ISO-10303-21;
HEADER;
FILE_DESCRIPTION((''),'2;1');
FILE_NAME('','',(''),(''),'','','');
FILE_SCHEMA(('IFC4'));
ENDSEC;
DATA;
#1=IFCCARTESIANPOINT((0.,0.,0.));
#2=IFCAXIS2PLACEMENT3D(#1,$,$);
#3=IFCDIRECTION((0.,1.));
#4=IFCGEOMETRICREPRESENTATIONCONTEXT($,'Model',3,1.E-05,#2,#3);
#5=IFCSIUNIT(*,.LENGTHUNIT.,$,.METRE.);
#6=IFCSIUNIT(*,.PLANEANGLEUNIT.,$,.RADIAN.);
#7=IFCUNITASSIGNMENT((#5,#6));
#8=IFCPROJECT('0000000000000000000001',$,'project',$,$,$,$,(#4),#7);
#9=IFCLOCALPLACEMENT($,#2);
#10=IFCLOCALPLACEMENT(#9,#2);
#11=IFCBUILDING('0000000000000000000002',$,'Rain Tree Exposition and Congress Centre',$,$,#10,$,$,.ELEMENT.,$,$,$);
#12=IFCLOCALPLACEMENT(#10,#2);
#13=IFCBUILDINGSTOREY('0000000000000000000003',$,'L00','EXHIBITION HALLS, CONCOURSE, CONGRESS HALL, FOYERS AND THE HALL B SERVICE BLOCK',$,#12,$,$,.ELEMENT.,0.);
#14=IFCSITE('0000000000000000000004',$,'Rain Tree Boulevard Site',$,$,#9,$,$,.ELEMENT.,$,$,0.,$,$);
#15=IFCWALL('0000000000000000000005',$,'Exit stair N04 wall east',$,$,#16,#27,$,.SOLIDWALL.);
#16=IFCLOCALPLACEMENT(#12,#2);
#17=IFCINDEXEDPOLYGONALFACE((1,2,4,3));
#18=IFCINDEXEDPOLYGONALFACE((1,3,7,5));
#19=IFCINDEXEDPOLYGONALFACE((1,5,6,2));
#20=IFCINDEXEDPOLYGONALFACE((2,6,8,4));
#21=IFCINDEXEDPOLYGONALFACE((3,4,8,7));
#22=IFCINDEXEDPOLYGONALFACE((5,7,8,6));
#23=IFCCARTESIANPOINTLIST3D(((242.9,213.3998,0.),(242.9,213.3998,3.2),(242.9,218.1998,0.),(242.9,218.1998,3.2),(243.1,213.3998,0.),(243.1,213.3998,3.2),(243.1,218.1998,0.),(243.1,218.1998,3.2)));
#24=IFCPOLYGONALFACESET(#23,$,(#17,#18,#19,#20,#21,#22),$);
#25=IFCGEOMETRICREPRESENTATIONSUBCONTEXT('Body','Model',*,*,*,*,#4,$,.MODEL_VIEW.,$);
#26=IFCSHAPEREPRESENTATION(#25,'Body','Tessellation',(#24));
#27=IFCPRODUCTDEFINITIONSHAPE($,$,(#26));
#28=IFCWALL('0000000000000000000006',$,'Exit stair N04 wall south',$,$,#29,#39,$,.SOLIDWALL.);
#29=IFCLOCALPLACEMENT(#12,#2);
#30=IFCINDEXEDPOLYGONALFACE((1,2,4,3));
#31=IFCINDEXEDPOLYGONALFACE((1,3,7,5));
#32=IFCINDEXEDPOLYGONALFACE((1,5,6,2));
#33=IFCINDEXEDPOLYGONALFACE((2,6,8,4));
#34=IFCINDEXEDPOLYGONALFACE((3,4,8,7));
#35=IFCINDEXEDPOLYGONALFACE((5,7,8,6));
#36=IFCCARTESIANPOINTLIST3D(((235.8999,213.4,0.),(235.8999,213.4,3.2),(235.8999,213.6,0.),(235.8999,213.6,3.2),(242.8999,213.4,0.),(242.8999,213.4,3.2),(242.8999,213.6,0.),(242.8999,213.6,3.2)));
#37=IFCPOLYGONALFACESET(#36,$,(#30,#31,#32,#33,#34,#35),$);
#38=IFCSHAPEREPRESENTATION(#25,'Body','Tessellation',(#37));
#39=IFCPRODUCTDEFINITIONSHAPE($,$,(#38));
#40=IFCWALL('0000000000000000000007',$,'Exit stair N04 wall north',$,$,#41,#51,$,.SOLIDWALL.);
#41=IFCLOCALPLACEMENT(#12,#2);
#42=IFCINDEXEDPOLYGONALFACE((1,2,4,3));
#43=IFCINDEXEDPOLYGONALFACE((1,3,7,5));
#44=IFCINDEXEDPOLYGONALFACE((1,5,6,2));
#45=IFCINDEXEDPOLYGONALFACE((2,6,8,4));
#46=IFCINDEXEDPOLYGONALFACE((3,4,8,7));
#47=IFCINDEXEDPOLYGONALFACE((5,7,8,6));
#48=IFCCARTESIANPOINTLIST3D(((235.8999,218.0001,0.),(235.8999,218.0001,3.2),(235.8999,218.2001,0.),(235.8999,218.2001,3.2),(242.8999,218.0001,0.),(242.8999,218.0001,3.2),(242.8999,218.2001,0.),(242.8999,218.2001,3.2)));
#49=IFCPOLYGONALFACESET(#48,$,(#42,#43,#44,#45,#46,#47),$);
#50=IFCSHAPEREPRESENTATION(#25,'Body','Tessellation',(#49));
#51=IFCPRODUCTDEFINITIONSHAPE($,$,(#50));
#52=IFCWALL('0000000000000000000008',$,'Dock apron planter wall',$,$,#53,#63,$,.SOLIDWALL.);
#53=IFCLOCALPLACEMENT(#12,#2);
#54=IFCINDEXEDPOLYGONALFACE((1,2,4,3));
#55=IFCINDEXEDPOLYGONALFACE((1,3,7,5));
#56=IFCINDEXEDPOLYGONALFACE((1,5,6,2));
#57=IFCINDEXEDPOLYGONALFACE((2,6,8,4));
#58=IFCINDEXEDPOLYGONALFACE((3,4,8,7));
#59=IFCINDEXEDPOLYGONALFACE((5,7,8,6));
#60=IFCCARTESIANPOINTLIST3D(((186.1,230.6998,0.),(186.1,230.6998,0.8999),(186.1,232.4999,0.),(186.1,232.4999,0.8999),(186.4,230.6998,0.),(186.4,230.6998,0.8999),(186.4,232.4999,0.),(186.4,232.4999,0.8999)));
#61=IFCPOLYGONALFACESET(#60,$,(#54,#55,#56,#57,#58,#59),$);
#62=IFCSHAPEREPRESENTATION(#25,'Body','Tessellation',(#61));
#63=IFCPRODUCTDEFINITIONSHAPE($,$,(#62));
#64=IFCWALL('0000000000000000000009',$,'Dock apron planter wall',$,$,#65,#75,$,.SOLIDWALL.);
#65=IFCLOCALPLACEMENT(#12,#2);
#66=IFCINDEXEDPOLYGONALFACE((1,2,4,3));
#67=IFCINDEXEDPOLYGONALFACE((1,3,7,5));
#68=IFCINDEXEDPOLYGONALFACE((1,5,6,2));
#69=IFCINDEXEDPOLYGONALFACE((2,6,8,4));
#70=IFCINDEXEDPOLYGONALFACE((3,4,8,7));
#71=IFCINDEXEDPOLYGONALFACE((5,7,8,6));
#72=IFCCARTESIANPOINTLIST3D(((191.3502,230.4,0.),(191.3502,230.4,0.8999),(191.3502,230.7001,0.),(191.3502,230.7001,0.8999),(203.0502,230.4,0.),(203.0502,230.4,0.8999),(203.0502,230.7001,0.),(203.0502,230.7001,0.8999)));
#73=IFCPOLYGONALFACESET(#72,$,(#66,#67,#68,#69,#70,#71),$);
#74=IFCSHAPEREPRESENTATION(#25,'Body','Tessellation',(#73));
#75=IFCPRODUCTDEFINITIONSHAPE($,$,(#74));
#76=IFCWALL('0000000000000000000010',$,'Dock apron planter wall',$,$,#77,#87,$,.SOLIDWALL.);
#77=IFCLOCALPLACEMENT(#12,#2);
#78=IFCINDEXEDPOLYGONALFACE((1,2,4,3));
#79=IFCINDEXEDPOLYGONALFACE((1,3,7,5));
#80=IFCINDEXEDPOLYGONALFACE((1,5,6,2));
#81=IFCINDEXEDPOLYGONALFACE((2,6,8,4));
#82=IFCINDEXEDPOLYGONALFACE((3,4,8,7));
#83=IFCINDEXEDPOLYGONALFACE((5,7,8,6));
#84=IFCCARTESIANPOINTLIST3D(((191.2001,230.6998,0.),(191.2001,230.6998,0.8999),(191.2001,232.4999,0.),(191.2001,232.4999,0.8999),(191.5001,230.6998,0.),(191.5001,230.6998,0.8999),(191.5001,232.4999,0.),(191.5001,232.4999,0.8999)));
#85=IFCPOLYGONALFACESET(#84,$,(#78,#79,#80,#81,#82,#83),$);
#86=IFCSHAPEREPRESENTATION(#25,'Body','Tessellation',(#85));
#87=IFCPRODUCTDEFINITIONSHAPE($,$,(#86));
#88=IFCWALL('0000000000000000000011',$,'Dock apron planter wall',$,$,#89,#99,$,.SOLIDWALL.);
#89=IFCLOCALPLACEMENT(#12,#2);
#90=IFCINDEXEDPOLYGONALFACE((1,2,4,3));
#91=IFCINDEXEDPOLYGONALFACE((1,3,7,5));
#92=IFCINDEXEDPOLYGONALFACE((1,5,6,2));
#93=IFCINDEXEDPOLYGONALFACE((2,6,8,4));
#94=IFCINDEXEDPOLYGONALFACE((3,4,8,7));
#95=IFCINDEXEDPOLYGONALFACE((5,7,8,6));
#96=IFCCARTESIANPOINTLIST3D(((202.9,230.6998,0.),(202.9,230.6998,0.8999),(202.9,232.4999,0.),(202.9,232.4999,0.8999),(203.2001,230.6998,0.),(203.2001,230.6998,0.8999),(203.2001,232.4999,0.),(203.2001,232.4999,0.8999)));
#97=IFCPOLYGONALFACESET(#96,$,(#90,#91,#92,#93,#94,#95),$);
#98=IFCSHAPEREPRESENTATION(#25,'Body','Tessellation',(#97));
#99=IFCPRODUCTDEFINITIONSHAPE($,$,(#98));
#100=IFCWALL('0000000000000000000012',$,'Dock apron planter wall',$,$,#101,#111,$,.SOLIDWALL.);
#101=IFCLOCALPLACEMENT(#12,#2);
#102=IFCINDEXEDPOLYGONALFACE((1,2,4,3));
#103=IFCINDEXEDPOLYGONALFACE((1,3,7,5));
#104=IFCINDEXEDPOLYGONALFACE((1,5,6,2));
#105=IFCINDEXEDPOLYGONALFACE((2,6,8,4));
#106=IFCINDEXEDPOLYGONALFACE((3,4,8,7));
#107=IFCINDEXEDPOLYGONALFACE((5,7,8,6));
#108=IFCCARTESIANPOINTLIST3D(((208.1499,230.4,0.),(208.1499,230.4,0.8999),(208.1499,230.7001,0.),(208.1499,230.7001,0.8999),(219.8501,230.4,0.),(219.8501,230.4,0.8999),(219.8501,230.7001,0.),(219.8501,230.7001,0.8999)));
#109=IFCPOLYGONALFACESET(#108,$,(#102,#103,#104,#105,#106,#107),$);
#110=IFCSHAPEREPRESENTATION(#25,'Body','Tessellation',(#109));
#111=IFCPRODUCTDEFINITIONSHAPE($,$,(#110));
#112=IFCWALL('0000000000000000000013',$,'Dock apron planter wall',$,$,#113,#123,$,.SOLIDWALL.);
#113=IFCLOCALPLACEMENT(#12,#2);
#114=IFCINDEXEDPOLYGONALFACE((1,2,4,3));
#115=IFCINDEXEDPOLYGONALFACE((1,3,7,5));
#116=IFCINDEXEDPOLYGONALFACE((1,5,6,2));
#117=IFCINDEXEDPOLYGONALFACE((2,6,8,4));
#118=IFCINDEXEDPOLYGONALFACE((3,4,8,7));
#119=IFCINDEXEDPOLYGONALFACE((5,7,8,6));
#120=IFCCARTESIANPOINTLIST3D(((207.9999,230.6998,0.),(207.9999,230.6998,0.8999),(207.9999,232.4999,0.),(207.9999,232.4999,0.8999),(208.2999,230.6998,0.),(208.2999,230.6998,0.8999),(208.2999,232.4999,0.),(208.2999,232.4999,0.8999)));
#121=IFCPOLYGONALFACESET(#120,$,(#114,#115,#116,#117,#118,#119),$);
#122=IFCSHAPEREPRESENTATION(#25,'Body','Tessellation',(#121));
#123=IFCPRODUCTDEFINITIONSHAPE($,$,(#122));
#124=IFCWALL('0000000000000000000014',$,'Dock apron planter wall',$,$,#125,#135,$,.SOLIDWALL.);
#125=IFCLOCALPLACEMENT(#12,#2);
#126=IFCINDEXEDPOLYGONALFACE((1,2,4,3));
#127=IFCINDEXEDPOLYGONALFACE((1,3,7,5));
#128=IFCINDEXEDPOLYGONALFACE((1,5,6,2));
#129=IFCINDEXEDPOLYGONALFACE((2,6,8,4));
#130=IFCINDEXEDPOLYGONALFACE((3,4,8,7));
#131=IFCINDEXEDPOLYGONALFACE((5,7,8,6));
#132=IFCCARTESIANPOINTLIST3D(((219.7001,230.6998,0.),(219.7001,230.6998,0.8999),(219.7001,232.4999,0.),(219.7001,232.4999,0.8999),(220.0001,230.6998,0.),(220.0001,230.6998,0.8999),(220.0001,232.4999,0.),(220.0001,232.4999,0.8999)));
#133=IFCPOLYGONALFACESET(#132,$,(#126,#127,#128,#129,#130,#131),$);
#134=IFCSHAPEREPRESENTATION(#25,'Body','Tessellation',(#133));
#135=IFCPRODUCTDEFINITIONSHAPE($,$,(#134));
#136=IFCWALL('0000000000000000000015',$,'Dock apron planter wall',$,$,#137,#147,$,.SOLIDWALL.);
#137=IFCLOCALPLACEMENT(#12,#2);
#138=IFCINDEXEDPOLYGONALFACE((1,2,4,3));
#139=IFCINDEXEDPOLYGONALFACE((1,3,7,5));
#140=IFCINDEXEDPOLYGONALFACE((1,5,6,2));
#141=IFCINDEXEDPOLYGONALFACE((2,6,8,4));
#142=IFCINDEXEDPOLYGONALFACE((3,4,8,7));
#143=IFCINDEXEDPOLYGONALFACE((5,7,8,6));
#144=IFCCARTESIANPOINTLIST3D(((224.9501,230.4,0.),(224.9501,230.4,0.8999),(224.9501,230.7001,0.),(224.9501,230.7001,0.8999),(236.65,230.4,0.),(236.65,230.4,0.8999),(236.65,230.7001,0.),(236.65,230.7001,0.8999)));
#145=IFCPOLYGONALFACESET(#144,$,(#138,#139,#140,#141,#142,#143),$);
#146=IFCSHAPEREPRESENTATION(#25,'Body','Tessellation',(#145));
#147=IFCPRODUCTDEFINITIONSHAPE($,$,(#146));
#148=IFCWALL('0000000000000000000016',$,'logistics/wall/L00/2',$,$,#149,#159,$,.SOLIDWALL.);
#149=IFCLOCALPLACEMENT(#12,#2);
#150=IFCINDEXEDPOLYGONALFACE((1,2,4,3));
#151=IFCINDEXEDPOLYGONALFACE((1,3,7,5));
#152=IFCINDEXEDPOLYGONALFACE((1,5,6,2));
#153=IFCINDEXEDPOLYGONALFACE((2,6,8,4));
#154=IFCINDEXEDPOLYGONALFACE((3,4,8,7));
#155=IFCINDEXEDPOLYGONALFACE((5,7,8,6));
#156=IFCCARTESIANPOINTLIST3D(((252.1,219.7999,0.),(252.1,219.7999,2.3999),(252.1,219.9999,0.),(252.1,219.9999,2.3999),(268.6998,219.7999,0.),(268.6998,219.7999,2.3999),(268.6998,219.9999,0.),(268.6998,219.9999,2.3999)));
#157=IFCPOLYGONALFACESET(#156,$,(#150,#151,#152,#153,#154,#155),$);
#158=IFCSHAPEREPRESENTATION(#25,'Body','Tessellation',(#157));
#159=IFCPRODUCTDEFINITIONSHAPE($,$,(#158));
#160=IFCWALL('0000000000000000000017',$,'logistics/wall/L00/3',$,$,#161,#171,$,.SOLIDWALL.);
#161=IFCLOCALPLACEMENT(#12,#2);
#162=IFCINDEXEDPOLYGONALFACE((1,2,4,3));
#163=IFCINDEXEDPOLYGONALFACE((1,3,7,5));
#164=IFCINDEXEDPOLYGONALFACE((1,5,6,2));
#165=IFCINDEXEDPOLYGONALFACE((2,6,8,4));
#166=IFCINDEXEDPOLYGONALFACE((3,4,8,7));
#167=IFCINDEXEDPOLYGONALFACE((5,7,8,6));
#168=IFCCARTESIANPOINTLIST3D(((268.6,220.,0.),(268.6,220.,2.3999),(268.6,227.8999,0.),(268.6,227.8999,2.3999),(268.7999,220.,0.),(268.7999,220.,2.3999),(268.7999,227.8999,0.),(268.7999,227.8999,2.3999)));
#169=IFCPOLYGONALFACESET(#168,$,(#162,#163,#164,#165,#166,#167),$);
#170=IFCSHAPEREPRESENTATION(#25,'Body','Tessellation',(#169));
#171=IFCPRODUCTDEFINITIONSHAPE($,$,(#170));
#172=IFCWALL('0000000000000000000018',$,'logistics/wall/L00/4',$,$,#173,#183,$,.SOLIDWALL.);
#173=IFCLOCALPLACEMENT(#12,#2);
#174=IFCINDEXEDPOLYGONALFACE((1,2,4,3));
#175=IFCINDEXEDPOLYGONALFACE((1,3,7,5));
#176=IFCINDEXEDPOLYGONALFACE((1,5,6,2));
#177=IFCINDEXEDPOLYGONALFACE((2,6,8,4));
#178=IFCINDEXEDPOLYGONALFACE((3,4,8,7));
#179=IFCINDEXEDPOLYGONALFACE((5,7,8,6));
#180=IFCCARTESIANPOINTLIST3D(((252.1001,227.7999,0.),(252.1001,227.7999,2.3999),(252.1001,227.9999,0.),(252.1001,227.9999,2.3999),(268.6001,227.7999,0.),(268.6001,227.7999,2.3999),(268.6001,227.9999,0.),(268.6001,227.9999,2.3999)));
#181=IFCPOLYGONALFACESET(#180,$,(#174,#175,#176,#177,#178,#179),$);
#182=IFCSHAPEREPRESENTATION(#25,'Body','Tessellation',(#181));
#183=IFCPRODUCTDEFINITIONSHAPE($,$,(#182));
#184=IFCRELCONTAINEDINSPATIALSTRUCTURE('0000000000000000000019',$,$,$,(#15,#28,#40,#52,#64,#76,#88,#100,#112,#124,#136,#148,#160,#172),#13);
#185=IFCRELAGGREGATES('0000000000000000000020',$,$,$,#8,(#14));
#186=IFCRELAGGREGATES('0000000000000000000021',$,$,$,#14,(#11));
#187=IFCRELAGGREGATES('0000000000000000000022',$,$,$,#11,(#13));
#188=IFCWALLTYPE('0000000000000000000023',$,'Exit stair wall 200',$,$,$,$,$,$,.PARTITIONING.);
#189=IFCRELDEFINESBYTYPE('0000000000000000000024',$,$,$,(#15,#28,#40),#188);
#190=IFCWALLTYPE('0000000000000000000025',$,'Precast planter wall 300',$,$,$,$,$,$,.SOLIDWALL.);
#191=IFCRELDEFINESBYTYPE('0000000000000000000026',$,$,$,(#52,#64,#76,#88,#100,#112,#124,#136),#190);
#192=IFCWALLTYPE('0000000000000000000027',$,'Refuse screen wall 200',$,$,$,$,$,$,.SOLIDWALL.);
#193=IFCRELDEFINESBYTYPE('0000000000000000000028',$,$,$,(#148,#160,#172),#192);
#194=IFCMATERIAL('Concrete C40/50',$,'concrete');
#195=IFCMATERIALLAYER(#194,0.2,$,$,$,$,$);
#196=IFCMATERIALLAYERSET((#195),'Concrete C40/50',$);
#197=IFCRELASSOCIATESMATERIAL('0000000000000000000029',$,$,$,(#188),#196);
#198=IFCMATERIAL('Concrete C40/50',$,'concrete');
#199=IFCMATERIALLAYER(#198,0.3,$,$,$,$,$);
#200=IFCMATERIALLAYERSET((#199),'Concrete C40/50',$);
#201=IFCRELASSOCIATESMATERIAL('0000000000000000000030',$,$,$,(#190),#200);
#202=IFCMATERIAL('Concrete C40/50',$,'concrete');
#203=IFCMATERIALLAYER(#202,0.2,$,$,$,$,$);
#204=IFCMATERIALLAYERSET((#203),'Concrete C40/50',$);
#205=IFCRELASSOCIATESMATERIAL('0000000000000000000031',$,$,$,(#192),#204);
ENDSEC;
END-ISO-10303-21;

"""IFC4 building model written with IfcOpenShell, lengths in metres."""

from ifc_helpers import new_model, si_unit, direction, frame, frame_2d, origin, place, context, subcontext, project, spatial, rectangle, extrude, material, layer, layer_set, type_object, element, save


model = new_model("IFC4")

# Units and contexts
model_context = context("Model", 3, precision=1e-05, world=origin(), true_north=direction((0.0, 1.0)))
body_context = subcontext(model_context, "Body", "Model", "MODEL_VIEW")
ifc_project = project(units=[si_unit("LENGTHUNIT", "METRE"), si_unit("PLANEANGLEUNIT", "RADIAN")], contexts=[model_context])

# Site, building, storey
site_placement = place(None, origin())
site = spatial("IfcSite", under=ifc_project, at=site_placement, Name="Rain Tree Boulevard Site", CompositionType="ELEMENT", RefElevation=0.0)
building_placement = place(site_placement, origin())
building = spatial("IfcBuilding", under=site, at=building_placement, Name="Rain Tree Exposition and Congress Centre", CompositionType="ELEMENT")
storey_placement = place(building_placement, origin())
storey = spatial("IfcBuildingStorey", under=building, at=storey_placement, Name="L00", Description="EXHIBITION HALLS, CONCOURSE, CONGRESS HALL, FOYERS AND THE HALL B SERVICE BLOCK", CompositionType="ELEMENT", Elevation=0.0)

# Shared definitions
ifc_material_1 = material(Name="Concrete C40/50", Category="concrete")
ifc_layer_1 = layer(ifc_material_1, 0.2)
ifc_layer_set_1 = layer_set([ifc_layer_1], Name="Concrete C40/50")
wall_type_1 = type_object("IfcWallType", Name="Exit stair wall 200", PredefinedType="PARTITIONING", material=ifc_layer_set_1)

# Walls
wall_1_placement = place(storey_placement, frame((243.0, 213.3999, 0.0), z_axis=(0.0, 0.0, 1.0), x_axis=(0.0, 1.0, 0.0)))
element("IfcWall", 1, at=wall_1_placement, inside=storey, type_object=wall_type_1, Name="Exit stair N04 wall east", PredefinedType="SOLIDWALL", context=body_context, shape_type="SweptSolid", body=[
    extrude(rectangle(XDim=4.8, YDim=0.2, at=frame_2d((2.3999, 0.0))), origin(), (0.0, 0.0, 1.0), 3.2),
])
for number, where, z_axis, x_axis, name in (
    (2, (235.8999, 213.5, 0.0), (0.0, 0.0, 1.0), (1.0, 0.0, 0.0), "Exit stair N04 wall south"),
    (3, (235.8999, 218.1001, 0.0), (0.0, 0.0, 1.0), (1.0, 0.0, 0.0), "Exit stair N04 wall north"),
):
    element("IfcWall", number, at=place(storey_placement, frame(where, z_axis=z_axis, x_axis=x_axis)), inside=storey, type_object=wall_type_1, Name=name, PredefinedType="SOLIDWALL", context=body_context, shape_type="SweptSolid", body=[
        extrude(rectangle(XDim=7.0, YDim=0.2, at=frame_2d((3.5, 0.0))), origin(), (0.0, 0.0, 1.0), 3.2),
    ])
ifc_material_2 = material(Name="Concrete C40/50", Category="concrete")
ifc_layer_2 = layer(ifc_material_2, 0.3)
ifc_layer_set_2 = layer_set([ifc_layer_2], Name="Concrete C40/50")
wall_type_2 = type_object("IfcWallType", Name="Precast planter wall 300", PredefinedType="SOLIDWALL", material=ifc_layer_set_2)
wall_2_placement = place(storey_placement, frame((186.25, 230.7, 0.0), z_axis=(0.0, 0.0, 1.0), x_axis=(0.0, 1.0, 0.0)))
element("IfcWall", 4, at=wall_2_placement, inside=storey, type_object=wall_type_2, Name="Dock apron planter wall", PredefinedType="SOLIDWALL", context=body_context, shape_type="SweptSolid", body=[
    extrude(rectangle(XDim=1.8, YDim=0.3, at=frame_2d((0.8999, 0.0))), origin(), (0.0, 0.0, 1.0), 0.8999),
])
wall_3_placement = place(storey_placement, frame((191.3501, 230.55, 0.0), z_axis=(0.0, 0.0, 1.0), x_axis=(1.0, 0.0, 0.0)))
element("IfcWall", 5, at=wall_3_placement, inside=storey, type_object=wall_type_2, Name="Dock apron planter wall", PredefinedType="SOLIDWALL", context=body_context, shape_type="SweptSolid", body=[
    extrude(rectangle(XDim=11.7, YDim=0.3, at=frame_2d((5.8501, 0.0))), origin(), (0.0, 0.0, 1.0), 0.8999),
])
for number, where, z_axis, x_axis, name in (
    (6, (191.3501, 230.7, 0.0), (0.0, 0.0, 1.0), (0.0, 1.0, 0.0), "Dock apron planter wall"),
    (7, (203.05, 230.7, 0.0), (0.0, 0.0, 1.0), (0.0, 1.0, 0.0), "Dock apron planter wall"),
):
    element("IfcWall", number, at=place(storey_placement, frame(where, z_axis=z_axis, x_axis=x_axis)), inside=storey, type_object=wall_type_2, Name=name, PredefinedType="SOLIDWALL", context=body_context, shape_type="SweptSolid", body=[
        extrude(rectangle(XDim=1.8, YDim=0.3, at=frame_2d((0.8999, 0.0))), origin(), (0.0, 0.0, 1.0), 0.8999),
    ])
wall_4_placement = place(storey_placement, frame((208.1499, 230.55, 0.0), z_axis=(0.0, 0.0, 1.0), x_axis=(1.0, 0.0, 0.0)))
element("IfcWall", 8, at=wall_4_placement, inside=storey, type_object=wall_type_2, Name="Dock apron planter wall", PredefinedType="SOLIDWALL", context=body_context, shape_type="SweptSolid", body=[
    extrude(rectangle(XDim=11.7002, YDim=0.3, at=frame_2d((5.8501, 0.0))), origin(), (0.0, 0.0, 1.0), 0.8999),
])
for number, where, z_axis, x_axis, name in (
    (9, (208.1499, 230.7, 0.0), (0.0, 0.0, 1.0), (0.0, 1.0, 0.0), "Dock apron planter wall"),
    (10, (219.8501, 230.7, 0.0), (0.0, 0.0, 1.0), (0.0, 1.0, 0.0), "Dock apron planter wall"),
):
    element("IfcWall", number, at=place(storey_placement, frame(where, z_axis=z_axis, x_axis=x_axis)), inside=storey, type_object=wall_type_2, Name=name, PredefinedType="SOLIDWALL", context=body_context, shape_type="SweptSolid", body=[
        extrude(rectangle(XDim=1.8, YDim=0.3, at=frame_2d((0.8999, 0.0))), origin(), (0.0, 0.0, 1.0), 0.8999),
    ])
wall_5_placement = place(storey_placement, frame((224.95, 230.55, 0.0), z_axis=(0.0, 0.0, 1.0), x_axis=(1.0, 0.0, 0.0)))
element("IfcWall", 11, at=wall_5_placement, inside=storey, type_object=wall_type_2, Name="Dock apron planter wall", PredefinedType="SOLIDWALL", context=body_context, shape_type="SweptSolid", body=[
    extrude(rectangle(XDim=11.7, YDim=0.3, at=frame_2d((5.8501, 0.0))), origin(), (0.0, 0.0, 1.0), 0.8999),
])

# Shared definitions
ifc_material_3 = material(Name="Concrete C40/50", Category="concrete")
ifc_layer_3 = layer(ifc_material_3, 0.2)
ifc_layer_set_3 = layer_set([ifc_layer_3], Name="Concrete C40/50")
wall_type_3 = type_object("IfcWallType", Name="Refuse screen wall 200", PredefinedType="SOLIDWALL", material=ifc_layer_set_3)

# Walls
wall_6_placement = place(storey_placement, frame((252.1001, 219.8999, 0.0), z_axis=(0.0, 0.0, 1.0), x_axis=(1.0, 0.0, 0.0)))
element("IfcWall", 12, at=wall_6_placement, inside=storey, type_object=wall_type_3, Name="logistics/wall/L00/2", PredefinedType="SOLIDWALL", context=body_context, shape_type="SweptSolid", body=[
    extrude(rectangle(XDim=16.5999, YDim=0.2, at=frame_2d((8.2998, 0.0))), origin(), (0.0, 0.0, 1.0), 2.3999),
])
wall_7_placement = place(storey_placement, frame((268.7, 220.0, 0.0), z_axis=(0.0, 0.0, 1.0), x_axis=(0.0, 1.0, 0.0)))
element("IfcWall", 13, at=wall_7_placement, inside=storey, type_object=wall_type_3, Name="logistics/wall/L00/3", PredefinedType="SOLIDWALL", context=body_context, shape_type="SweptSolid", body=[
    extrude(rectangle(XDim=7.8999, YDim=0.2, at=frame_2d((3.95, 0.0))), origin(), (0.0, 0.0, 1.0), 2.3999),
])
wall_8_placement = place(storey_placement, frame((252.1001, 227.8999, 0.0), z_axis=(0.0, 0.0, 1.0), x_axis=(1.0, 0.0, 0.0)))
element("IfcWall", 14, at=wall_8_placement, inside=storey, type_object=wall_type_3, Name="logistics/wall/L00/4", PredefinedType="SOLIDWALL", context=body_context, shape_type="SweptSolid", body=[
    extrude(rectangle(XDim=16.5, YDim=0.2, at=frame_2d((8.25, 0.0))), origin(), (0.0, 0.0, 1.0), 2.3999),
])

save(model, "model.ifc")
